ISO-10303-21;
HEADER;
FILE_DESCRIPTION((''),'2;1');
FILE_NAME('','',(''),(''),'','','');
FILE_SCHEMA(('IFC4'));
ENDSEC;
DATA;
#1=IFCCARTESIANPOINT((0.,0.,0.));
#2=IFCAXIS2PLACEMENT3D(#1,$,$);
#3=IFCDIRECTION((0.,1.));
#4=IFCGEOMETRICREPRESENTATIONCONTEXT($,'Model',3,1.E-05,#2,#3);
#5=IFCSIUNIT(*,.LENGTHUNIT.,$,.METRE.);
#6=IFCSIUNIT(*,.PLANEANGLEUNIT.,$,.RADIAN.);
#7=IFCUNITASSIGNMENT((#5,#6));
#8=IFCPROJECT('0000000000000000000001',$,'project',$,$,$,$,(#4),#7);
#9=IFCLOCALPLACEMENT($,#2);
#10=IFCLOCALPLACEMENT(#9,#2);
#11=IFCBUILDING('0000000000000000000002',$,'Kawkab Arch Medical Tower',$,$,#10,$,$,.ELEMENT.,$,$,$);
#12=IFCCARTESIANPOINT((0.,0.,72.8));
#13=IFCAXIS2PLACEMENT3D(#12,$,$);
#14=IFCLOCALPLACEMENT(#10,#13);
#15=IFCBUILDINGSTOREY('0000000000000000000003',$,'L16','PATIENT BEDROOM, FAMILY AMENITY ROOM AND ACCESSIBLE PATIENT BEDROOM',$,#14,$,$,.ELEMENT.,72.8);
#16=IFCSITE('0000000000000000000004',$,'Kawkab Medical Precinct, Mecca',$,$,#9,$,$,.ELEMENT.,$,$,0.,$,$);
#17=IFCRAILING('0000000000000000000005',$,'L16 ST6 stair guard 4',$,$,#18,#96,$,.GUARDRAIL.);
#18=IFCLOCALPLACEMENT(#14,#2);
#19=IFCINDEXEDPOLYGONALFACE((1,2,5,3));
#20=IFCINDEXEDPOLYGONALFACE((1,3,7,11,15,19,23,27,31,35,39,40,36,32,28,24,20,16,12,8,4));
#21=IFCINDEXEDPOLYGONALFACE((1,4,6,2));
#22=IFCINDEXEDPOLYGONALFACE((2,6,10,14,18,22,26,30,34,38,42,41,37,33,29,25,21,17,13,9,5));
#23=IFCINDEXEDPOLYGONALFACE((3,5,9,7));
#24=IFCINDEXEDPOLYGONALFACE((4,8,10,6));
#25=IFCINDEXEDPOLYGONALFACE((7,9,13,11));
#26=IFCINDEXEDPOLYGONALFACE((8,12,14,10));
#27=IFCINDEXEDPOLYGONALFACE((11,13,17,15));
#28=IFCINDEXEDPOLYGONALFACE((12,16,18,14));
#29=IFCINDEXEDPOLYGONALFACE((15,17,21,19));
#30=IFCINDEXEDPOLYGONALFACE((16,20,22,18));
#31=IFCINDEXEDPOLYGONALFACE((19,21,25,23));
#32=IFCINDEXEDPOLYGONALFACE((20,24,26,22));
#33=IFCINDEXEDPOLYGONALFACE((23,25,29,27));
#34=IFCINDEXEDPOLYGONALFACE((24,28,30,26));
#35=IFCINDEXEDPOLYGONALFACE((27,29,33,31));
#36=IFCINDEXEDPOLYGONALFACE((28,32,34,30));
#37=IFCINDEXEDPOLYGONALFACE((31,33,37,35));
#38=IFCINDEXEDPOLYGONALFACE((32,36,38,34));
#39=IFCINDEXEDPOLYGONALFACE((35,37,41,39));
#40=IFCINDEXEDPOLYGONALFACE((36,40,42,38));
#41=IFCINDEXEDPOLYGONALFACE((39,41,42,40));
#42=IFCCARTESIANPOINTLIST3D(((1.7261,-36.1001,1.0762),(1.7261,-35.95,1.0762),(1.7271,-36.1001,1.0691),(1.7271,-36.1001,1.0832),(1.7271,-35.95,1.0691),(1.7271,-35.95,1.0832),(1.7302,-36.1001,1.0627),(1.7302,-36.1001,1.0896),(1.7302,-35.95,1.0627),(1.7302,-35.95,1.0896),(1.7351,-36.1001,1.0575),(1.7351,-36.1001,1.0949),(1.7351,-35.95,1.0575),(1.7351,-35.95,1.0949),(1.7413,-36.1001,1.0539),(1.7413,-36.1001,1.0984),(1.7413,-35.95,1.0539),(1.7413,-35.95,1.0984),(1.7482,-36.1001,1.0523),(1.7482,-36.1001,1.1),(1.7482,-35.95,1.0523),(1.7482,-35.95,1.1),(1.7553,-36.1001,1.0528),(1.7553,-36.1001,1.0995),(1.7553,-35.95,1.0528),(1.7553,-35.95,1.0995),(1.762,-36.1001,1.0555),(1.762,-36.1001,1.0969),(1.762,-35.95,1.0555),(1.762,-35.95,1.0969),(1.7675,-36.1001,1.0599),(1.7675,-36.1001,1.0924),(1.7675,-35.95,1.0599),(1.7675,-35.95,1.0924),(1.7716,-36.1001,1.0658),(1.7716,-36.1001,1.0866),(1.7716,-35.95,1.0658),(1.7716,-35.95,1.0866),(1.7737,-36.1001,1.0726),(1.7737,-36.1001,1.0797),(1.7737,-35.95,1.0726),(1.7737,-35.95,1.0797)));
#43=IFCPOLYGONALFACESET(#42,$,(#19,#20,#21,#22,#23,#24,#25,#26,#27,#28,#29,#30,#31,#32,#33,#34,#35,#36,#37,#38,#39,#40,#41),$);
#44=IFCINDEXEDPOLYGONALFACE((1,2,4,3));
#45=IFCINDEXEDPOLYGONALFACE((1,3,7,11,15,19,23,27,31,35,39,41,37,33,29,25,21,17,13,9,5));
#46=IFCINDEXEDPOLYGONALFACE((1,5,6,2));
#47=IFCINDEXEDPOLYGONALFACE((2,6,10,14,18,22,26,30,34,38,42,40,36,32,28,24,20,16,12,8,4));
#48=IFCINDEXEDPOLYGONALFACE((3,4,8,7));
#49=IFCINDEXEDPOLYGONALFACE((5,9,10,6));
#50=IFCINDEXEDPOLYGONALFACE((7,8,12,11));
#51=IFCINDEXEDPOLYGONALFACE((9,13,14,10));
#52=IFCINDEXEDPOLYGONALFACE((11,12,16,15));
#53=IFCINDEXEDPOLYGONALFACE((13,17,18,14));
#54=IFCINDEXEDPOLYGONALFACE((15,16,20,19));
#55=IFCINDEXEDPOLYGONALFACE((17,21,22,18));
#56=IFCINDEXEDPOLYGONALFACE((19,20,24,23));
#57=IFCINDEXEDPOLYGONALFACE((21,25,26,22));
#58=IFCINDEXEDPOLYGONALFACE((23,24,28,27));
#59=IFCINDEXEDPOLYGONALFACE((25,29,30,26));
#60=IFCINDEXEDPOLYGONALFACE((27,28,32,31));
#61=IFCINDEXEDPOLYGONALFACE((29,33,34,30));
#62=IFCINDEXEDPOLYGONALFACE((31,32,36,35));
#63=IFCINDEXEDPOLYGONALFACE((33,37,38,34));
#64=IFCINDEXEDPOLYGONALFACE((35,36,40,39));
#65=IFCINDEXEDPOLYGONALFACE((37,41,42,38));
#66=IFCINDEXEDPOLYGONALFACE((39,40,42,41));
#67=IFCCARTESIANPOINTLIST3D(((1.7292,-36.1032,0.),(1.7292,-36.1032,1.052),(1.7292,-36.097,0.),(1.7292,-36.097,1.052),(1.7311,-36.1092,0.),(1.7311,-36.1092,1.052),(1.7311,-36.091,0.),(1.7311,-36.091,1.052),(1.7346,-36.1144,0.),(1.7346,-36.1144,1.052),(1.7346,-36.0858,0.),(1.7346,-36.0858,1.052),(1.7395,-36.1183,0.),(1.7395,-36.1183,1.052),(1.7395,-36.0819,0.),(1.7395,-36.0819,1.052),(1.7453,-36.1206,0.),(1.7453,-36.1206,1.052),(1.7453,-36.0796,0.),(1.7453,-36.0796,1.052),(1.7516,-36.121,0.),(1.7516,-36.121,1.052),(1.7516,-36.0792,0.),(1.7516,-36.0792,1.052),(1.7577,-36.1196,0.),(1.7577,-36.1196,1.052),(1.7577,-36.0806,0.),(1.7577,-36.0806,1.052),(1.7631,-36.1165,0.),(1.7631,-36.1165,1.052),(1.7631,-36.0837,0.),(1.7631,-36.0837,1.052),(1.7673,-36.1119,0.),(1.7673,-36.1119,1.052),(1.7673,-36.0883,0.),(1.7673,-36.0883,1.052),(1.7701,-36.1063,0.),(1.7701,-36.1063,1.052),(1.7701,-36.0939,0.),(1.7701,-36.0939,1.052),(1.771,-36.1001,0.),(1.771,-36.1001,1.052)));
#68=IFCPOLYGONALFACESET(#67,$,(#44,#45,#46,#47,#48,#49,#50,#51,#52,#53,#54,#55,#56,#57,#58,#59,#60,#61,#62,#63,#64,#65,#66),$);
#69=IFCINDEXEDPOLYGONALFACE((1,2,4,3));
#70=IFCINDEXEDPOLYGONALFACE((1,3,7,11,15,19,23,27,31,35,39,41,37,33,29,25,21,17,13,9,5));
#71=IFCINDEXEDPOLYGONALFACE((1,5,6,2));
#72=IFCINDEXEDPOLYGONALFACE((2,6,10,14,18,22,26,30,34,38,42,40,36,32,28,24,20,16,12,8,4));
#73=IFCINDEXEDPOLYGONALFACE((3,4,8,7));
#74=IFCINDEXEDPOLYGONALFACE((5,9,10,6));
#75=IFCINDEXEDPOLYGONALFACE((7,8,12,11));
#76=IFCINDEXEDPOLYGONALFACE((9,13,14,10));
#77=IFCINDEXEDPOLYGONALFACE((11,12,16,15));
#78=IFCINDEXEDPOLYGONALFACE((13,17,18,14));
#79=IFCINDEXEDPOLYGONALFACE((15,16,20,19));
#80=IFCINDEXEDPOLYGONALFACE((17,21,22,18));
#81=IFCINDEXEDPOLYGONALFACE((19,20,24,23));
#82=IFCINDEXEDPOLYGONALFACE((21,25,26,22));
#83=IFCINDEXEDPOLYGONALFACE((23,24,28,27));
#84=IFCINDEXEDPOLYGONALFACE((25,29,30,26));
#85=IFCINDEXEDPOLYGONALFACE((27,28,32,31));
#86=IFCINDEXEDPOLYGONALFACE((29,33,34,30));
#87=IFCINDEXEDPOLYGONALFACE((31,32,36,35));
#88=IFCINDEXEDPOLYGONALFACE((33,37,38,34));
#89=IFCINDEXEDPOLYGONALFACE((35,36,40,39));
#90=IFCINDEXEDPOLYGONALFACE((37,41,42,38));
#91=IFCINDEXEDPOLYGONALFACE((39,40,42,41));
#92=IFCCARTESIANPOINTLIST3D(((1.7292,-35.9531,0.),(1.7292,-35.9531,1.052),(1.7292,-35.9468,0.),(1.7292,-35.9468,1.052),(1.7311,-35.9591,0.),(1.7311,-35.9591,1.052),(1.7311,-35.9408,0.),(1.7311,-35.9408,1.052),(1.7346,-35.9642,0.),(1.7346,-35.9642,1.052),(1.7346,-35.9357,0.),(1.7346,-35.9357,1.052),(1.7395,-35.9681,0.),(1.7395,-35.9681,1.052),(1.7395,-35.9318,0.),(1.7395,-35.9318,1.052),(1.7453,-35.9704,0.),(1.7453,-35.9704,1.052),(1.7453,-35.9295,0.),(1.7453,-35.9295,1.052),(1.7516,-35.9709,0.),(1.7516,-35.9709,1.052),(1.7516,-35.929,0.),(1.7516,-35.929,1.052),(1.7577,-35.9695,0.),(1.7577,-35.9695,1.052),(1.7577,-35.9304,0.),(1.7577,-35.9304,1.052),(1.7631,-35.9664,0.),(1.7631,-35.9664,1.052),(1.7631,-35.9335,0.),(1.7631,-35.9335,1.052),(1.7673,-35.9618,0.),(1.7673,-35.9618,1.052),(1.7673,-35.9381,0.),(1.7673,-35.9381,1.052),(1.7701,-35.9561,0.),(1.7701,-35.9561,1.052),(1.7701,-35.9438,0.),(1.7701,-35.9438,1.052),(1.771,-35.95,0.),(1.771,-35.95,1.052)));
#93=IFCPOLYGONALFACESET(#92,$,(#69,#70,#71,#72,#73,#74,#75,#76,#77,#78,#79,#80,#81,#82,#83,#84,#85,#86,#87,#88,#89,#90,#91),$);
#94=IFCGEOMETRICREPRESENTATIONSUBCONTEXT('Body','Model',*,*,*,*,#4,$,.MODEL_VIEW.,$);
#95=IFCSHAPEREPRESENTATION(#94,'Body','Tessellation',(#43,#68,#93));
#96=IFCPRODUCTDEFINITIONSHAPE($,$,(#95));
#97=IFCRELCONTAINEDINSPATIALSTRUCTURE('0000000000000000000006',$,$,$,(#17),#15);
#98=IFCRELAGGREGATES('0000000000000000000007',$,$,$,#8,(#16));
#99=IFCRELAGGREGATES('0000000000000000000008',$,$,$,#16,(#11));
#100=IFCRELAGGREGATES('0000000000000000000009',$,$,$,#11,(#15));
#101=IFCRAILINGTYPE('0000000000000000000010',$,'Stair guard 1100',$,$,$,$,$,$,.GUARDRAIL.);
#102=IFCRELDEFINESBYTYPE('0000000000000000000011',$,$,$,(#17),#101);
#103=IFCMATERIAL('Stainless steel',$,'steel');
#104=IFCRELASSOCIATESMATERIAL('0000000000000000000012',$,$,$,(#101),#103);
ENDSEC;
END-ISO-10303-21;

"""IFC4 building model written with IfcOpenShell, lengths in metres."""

from ifc_helpers import new_model, si_unit, direction, frame, origin, origin_2d, place, context, subcontext, project, spatial, circle, extrude, material, type_object, element, save


model = new_model("IFC4")

# Units and contexts
model_context = context("Model", 3, precision=1e-05, world=origin(), true_north=direction((0.0, 1.0)))
body_context = subcontext(model_context, "Body", "Model", "MODEL_VIEW")
ifc_project = project(units=[si_unit("LENGTHUNIT", "METRE"), si_unit("PLANEANGLEUNIT", "RADIAN")], contexts=[model_context])

# Site, building, storey
site_placement = place(None, origin())
site = spatial("IfcSite", under=ifc_project, at=site_placement, Name="Kawkab Medical Precinct, Mecca", CompositionType="ELEMENT", RefElevation=0.0)
building_placement = place(site_placement, origin())
building = spatial("IfcBuilding", under=site, at=building_placement, Name="Kawkab Arch Medical Tower", CompositionType="ELEMENT")
storey_placement = place(building_placement, frame((0.0, 0.0, 72.8)))
storey = spatial("IfcBuildingStorey", under=building, at=storey_placement, Name="L16", Description="PATIENT BEDROOM, FAMILY AMENITY ROOM AND ACCESSIBLE PATIENT BEDROOM", CompositionType="ELEMENT", Elevation=72.8)

# Railing
ifc_material_1 = material(Name="Stainless steel", Category="steel")
railing_type = type_object("IfcRailingType", Name="Stair guard 1100", PredefinedType="GUARDRAIL", material=ifc_material_1)
railing_1_placement = place(storey_placement, frame((1.75, -36.1001, 0.0)))
element("IfcRailing", 1, at=railing_1_placement, inside=storey, type_object=railing_type, Name="L16 ST6 stair guard 4", PredefinedType="GUARDRAIL", context=body_context, shape_type="SweptSolid", body=[
    extrude(circle(Radius=0.0239, at=origin_2d()), frame((0.0, 0.0, 1.0762), z_axis=(0.0, 1.0, 0.0), x_axis=(-1.0, 0.0, 0.0)), (0.0, 0.0, 1.0), 0.1501),
    extrude(circle(Radius=0.021, at=origin_2d()), origin(), (0.0, 0.0, 1.0), 1.052),
    extrude(circle(Radius=0.021, at=origin_2d()), frame((0.0, 0.1501, 0.0)), (0.0, 0.0, 1.0), 1.052),
])

save(model, "model.ifc")
